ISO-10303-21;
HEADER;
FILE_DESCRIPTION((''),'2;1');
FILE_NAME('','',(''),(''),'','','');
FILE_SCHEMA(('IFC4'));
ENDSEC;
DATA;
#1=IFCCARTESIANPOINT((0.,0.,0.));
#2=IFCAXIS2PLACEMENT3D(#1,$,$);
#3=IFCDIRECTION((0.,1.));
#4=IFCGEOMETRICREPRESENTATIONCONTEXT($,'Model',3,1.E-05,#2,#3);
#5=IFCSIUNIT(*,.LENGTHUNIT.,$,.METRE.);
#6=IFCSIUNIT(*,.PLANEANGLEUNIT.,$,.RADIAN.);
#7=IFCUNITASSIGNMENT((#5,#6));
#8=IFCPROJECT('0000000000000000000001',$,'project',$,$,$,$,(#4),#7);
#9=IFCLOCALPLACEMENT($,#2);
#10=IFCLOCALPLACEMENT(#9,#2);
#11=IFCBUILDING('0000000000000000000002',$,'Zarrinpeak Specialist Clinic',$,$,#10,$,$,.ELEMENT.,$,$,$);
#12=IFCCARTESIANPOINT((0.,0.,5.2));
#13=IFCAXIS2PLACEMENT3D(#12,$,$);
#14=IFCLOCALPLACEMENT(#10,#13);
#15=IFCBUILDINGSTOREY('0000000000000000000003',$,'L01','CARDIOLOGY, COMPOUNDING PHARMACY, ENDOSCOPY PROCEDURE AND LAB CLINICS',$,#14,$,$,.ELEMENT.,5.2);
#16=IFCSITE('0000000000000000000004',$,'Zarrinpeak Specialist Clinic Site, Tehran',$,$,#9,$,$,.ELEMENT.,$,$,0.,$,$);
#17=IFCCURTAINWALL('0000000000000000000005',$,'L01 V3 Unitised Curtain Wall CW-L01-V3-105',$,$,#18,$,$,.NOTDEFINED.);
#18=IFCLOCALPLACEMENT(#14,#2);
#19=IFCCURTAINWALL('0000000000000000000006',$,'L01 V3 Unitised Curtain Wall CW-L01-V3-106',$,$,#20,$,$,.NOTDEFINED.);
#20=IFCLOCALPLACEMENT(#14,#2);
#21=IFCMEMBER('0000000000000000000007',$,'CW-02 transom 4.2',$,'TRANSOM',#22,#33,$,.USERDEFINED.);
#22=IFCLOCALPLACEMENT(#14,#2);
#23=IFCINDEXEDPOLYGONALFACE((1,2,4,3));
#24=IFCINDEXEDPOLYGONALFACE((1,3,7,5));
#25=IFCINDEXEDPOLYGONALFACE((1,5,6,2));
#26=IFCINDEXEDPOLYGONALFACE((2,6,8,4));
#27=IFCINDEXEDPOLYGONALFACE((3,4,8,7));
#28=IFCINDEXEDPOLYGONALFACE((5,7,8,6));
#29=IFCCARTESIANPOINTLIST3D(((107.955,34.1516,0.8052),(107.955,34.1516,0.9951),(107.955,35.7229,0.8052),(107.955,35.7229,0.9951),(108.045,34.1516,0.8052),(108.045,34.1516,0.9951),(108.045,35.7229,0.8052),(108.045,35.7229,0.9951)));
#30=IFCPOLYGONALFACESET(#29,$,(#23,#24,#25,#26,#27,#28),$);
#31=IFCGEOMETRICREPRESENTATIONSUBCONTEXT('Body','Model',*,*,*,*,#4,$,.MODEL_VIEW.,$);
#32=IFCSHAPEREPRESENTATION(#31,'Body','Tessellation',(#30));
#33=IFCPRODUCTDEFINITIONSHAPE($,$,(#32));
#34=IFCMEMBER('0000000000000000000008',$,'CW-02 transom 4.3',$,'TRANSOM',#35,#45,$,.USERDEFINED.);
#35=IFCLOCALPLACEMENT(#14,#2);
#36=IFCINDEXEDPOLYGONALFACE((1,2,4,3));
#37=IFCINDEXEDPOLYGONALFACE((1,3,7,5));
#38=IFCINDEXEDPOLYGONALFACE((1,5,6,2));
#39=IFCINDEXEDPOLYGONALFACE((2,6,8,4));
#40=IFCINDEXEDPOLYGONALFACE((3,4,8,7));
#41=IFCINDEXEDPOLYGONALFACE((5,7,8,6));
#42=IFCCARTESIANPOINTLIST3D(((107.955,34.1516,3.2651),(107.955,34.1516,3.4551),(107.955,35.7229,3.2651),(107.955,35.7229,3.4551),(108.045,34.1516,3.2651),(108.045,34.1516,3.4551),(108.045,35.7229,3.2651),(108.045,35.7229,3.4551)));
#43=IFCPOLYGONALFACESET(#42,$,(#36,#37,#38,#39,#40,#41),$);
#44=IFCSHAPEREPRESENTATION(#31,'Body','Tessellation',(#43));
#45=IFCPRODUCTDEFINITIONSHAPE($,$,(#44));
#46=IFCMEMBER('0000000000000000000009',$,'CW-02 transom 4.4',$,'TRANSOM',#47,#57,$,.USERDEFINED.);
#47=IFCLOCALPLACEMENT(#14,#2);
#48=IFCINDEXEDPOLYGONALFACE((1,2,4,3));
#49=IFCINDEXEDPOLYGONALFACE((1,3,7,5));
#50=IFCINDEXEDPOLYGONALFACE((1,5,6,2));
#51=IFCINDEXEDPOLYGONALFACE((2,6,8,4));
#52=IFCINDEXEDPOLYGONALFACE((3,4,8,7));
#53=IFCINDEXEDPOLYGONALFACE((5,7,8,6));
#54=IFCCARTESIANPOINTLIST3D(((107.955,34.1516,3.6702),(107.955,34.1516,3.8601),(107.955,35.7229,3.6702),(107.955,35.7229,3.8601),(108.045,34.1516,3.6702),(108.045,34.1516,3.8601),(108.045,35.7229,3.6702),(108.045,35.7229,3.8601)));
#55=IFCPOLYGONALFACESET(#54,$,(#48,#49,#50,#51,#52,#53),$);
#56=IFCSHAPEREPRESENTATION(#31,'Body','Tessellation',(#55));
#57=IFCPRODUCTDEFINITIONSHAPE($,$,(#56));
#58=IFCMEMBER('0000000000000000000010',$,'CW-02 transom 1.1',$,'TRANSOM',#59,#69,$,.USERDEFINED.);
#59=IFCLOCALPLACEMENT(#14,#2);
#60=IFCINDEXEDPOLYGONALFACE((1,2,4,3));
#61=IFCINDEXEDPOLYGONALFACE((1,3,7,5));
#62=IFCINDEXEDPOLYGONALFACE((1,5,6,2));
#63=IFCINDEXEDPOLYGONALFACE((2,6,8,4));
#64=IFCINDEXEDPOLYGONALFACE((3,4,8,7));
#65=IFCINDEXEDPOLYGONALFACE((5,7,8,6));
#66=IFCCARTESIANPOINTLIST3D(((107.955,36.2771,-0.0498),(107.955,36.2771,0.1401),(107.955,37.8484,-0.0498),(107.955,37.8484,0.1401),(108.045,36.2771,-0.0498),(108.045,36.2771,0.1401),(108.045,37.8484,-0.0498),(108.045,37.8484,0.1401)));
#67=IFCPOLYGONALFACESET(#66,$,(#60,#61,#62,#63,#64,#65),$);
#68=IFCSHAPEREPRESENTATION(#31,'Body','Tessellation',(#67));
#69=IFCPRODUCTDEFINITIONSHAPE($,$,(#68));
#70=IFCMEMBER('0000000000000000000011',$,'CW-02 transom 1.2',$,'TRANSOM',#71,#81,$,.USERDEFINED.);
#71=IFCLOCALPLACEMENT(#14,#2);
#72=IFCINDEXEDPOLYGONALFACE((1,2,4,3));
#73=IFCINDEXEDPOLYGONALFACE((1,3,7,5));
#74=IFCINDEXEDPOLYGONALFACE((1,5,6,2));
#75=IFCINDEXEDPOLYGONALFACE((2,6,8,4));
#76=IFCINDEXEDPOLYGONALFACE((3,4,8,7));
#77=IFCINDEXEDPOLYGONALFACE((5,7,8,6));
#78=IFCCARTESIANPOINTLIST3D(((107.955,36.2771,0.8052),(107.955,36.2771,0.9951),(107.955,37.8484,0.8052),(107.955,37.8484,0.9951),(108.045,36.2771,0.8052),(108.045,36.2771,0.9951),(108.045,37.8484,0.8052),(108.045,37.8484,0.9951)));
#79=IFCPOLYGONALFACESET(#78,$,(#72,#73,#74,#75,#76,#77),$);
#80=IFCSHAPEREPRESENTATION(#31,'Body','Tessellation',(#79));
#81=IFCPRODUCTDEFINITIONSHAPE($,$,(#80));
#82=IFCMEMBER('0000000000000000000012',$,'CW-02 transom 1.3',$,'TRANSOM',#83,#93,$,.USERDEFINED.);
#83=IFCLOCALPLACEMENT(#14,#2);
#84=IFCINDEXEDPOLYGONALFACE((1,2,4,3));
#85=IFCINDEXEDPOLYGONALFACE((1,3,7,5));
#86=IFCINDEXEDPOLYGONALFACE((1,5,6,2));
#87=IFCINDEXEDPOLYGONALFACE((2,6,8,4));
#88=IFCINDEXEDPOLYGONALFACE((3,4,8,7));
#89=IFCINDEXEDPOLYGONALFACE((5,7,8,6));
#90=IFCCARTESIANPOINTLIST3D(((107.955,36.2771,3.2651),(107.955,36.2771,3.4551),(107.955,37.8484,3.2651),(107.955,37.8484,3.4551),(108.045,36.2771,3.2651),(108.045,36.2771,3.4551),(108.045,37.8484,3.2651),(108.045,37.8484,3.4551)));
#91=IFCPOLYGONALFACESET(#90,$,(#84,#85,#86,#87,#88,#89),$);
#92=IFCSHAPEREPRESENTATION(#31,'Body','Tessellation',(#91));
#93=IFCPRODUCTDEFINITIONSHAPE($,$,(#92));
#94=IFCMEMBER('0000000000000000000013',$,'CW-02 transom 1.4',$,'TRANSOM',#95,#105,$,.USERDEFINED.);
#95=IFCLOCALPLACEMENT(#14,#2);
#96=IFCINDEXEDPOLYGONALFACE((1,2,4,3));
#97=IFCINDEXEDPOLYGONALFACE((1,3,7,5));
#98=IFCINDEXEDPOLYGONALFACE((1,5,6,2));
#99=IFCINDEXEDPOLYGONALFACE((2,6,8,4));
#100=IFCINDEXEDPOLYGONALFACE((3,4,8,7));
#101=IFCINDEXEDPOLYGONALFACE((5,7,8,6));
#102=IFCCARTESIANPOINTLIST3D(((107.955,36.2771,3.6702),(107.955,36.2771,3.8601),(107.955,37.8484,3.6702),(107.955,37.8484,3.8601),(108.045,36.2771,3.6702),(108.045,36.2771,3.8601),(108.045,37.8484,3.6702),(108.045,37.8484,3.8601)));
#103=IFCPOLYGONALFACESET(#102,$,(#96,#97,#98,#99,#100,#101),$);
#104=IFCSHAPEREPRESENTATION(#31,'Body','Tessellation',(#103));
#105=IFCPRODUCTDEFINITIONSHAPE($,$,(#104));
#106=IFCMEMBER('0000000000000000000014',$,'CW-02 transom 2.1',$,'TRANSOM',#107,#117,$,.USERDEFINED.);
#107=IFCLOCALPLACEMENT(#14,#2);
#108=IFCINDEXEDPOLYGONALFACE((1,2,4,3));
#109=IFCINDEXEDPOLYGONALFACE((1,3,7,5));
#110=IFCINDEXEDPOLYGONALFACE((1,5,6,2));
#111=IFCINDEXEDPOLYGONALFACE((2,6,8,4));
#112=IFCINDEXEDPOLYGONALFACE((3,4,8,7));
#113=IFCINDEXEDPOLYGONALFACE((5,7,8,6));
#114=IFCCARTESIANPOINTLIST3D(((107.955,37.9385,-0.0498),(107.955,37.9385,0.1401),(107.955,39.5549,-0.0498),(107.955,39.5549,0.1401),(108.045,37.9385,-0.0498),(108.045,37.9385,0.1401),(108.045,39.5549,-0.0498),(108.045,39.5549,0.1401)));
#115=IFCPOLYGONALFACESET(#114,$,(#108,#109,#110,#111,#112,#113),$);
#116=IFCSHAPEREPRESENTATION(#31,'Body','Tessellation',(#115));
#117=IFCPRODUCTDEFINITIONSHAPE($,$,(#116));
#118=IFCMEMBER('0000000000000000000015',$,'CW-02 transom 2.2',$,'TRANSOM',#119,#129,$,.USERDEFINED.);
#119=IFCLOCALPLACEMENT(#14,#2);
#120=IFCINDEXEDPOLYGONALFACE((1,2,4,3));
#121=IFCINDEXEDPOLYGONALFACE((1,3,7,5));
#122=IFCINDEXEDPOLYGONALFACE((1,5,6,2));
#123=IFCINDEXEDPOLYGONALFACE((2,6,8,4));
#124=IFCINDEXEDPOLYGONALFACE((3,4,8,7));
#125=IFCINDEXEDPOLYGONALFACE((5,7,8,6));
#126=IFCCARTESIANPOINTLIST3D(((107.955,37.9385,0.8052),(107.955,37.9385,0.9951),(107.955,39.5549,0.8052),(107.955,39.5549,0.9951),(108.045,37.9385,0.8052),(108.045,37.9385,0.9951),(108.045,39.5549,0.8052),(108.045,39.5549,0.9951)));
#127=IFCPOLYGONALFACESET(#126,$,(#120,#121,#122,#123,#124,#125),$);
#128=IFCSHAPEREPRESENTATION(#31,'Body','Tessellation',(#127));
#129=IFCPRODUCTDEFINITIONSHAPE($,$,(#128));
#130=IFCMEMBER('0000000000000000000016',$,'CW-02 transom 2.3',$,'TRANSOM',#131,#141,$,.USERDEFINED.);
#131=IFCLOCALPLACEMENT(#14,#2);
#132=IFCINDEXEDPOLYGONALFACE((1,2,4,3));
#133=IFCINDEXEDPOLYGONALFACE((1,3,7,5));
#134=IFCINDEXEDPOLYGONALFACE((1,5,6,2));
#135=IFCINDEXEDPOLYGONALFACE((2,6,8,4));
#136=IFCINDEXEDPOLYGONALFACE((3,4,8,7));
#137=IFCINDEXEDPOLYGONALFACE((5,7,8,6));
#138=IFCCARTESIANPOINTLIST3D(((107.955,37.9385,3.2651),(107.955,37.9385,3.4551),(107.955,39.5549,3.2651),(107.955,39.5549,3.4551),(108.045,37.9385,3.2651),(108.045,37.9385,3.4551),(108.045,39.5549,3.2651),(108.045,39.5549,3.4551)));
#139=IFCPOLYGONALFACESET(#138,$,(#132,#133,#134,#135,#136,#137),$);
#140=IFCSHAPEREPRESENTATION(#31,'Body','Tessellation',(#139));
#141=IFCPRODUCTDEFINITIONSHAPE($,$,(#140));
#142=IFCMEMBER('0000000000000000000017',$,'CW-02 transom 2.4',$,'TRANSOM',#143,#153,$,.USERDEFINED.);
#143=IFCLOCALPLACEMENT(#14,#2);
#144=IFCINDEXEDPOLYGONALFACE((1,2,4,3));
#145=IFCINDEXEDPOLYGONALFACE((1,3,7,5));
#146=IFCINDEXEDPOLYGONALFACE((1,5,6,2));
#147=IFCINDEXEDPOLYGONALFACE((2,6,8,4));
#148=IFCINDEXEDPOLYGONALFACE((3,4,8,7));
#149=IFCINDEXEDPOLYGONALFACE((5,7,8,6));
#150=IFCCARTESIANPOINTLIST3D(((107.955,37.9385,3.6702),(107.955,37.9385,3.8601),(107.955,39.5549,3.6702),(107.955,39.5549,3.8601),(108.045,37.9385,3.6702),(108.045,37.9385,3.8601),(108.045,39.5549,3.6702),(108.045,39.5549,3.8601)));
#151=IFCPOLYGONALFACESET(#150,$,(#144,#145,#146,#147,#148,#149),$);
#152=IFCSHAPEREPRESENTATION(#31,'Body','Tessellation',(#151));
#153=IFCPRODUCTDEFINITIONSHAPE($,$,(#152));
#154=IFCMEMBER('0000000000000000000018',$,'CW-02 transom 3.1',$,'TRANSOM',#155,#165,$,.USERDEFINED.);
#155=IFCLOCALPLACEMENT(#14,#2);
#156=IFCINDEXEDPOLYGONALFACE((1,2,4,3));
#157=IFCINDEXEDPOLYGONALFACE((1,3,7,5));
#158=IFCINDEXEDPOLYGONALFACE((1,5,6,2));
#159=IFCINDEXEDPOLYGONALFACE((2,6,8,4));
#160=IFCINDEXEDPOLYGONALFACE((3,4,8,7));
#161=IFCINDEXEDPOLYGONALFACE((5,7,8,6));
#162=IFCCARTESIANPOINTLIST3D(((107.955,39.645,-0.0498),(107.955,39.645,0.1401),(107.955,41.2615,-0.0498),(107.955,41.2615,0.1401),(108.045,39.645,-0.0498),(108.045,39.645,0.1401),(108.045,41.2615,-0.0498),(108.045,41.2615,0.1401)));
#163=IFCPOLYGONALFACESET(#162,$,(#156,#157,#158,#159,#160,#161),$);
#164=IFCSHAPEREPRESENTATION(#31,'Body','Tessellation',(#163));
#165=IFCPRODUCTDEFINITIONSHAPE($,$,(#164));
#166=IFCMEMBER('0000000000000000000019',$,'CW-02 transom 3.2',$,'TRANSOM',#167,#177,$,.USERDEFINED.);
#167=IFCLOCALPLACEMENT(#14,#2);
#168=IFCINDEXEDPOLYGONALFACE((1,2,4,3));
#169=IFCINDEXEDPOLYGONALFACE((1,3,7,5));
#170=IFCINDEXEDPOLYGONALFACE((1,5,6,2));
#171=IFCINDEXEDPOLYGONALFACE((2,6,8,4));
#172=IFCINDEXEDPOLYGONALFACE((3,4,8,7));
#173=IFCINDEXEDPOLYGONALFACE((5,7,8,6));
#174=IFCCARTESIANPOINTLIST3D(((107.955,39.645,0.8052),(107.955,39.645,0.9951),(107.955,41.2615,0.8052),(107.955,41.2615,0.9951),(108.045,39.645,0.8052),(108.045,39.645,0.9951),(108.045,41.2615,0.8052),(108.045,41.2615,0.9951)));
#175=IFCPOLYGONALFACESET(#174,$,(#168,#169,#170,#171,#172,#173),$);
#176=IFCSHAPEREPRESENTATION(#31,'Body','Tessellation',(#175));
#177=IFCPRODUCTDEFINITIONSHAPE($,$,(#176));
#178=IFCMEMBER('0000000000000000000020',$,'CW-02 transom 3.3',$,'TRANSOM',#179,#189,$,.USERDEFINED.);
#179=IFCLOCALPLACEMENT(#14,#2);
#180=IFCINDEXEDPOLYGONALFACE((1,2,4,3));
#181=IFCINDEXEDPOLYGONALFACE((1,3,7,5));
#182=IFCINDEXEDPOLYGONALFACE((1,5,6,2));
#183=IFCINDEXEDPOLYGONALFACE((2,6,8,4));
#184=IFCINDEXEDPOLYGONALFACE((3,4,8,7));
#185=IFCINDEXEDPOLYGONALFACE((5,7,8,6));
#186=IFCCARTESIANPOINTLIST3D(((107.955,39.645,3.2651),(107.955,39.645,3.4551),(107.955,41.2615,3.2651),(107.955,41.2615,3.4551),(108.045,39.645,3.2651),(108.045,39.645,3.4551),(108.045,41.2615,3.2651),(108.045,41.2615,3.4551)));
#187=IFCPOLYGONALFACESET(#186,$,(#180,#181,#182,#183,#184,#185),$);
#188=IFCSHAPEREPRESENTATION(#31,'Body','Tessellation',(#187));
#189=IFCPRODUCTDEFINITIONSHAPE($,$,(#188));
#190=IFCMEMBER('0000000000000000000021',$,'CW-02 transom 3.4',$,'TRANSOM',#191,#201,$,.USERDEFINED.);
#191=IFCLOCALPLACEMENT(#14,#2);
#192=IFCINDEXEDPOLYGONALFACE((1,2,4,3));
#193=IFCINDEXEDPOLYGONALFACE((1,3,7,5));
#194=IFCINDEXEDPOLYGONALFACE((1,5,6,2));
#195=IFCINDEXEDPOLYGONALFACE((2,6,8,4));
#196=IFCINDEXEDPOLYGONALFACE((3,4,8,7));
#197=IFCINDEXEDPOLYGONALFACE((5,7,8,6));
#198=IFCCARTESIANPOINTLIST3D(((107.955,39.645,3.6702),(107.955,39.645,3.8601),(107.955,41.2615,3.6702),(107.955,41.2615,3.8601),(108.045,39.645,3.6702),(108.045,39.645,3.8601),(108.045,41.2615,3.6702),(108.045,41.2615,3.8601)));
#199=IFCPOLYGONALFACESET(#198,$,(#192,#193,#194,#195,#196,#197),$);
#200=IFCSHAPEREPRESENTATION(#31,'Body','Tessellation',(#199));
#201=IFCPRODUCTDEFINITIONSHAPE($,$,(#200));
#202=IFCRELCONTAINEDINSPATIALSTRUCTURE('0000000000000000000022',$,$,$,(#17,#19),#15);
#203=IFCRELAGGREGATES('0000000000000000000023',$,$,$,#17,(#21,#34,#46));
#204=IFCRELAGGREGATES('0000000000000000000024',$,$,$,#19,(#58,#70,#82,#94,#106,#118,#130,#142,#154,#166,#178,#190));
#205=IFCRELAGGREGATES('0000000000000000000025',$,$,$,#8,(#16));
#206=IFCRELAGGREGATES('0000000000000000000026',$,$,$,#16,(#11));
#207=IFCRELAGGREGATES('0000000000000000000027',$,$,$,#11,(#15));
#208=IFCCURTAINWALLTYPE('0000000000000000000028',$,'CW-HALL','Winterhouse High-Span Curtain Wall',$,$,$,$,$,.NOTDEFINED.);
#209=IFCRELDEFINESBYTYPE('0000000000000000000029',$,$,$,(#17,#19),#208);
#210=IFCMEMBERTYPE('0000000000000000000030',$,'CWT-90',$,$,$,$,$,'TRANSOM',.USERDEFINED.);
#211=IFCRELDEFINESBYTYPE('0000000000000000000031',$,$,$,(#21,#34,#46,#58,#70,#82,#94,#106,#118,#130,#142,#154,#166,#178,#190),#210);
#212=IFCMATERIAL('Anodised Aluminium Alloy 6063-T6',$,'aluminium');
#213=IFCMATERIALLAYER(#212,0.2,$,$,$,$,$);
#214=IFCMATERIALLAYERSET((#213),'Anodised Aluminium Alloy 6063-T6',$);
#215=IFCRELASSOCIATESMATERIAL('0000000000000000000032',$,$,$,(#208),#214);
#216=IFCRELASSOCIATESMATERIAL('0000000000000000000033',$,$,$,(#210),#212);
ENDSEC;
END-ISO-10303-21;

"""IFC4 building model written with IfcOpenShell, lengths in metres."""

from ifc_helpers import new_model, si_unit, direction, frame, origin, origin_2d, place, context, subcontext, project, spatial, rectangle, extrude, material, layer, layer_set, material_profile, profile_set, type_object, element, aggregate, save


model = new_model("IFC4")

# Units and contexts
model_context = context("Model", 3, precision=1e-05, world=origin(), true_north=direction((0.0, 1.0)))
body_context = subcontext(model_context, "Body", "Model", "MODEL_VIEW")
ifc_project = project(units=[si_unit("LENGTHUNIT", "METRE"), si_unit("PLANEANGLEUNIT", "RADIAN")], contexts=[model_context])

# Site, building, storey
site_placement = place(None, origin())
site = spatial("IfcSite", under=ifc_project, at=site_placement, Name="Zarrinpeak Specialist Clinic Site, Tehran", CompositionType="ELEMENT", RefElevation=0.0)
building_placement = place(site_placement, origin())
building = spatial("IfcBuilding", under=site, at=building_placement, Name="Zarrinpeak Specialist Clinic", CompositionType="ELEMENT")
storey_placement = place(building_placement, frame((0.0, 0.0, 5.2)))
storey = spatial("IfcBuildingStorey", under=building, at=storey_placement, Name="L01", Description="CARDIOLOGY, COMPOUNDING PHARMACY, ENDOSCOPY PROCEDURE AND LAB CLINICS", CompositionType="ELEMENT", Elevation=5.2)

# Curtain walls
ifc_material_1 = material(Name="Anodised Aluminium Alloy 6063-T6", Category="aluminium")
ifc_layer_1 = layer(ifc_material_1, 0.2)
ifc_layer_set_1 = layer_set([ifc_layer_1], Name="Anodised Aluminium Alloy 6063-T6")
curtain_wall_type = type_object("IfcCurtainWallType", Name="CW-HALL", Description="Winterhouse High-Span Curtain Wall", PredefinedType="NOTDEFINED", material=ifc_layer_set_1)
curtain_wall_1_placement = place(storey_placement, origin())
curtain_wall_1 = element("IfcCurtainWall", 1, at=curtain_wall_1_placement, inside=storey, type_object=curtain_wall_type, Name="L01 V3 Unitised Curtain Wall CW-L01-V3-105", PredefinedType="NOTDEFINED")
curtain_wall_2_placement = place(storey_placement, origin())
curtain_wall_2 = element("IfcCurtainWall", 2, at=curtain_wall_2_placement, inside=storey, type_object=curtain_wall_type, Name="L01 V3 Unitised Curtain Wall CW-L01-V3-106", PredefinedType="NOTDEFINED")

# Members
ifc_material_profile_1 = material_profile(ifc_material_1, rectangle(XDim=0.0901, YDim=0.1899, at=origin_2d()), Name="ALU 90x190")
ifc_profile_set_1 = profile_set([ifc_material_profile_1], Name="Anodised Aluminium Alloy 6063-T6")
member_type_1 = type_object("IfcMemberType", Name="CWT-90", ElementType="TRANSOM", PredefinedType="USERDEFINED", material=ifc_profile_set_1)
member_1_placement = place(storey_placement, frame((108.0, 34.1516, 0.9001), z_axis=(0.0, 1.0, 0.0), x_axis=(-1.0, 0.0, 0.0)))
member_1 = element("IfcMember", 3, at=member_1_placement, type_object=member_type_1, Name="CW-02 transom 4.2", ObjectType="TRANSOM", PredefinedType="USERDEFINED", context=body_context, shape_type="SweptSolid", body=[
    extrude(rectangle(XDim=0.0901, YDim=0.1899, at=origin_2d()), origin(), (0.0, 0.0, 1.0), 1.5713),
])
member_2_placement = place(storey_placement, frame((108.0, 34.1516, 3.3601), z_axis=(0.0, 1.0, 0.0), x_axis=(-1.0, 0.0, 0.0)))
member_2 = element("IfcMember", 4, at=member_2_placement, type_object=member_type_1, Name="CW-02 transom 4.3", ObjectType="TRANSOM", PredefinedType="USERDEFINED", context=body_context, shape_type="SweptSolid", body=[
    extrude(rectangle(XDim=0.0901, YDim=0.1899, at=origin_2d()), origin(), (0.0, 0.0, 1.0), 1.5713),
])
member_3_placement = place(storey_placement, frame((108.0, 34.1516, 3.7651), z_axis=(0.0, 1.0, 0.0), x_axis=(-1.0, 0.0, 0.0)))
member_3 = element("IfcMember", 5, at=member_3_placement, type_object=member_type_1, Name="CW-02 transom 4.4", ObjectType="TRANSOM", PredefinedType="USERDEFINED", context=body_context, shape_type="SweptSolid", body=[
    extrude(rectangle(XDim=0.0901, YDim=0.1899, at=origin_2d()), origin(), (0.0, 0.0, 1.0), 1.5713),
])
member_4_placement = place(storey_placement, frame((108.0, 36.2771, 0.0452), z_axis=(0.0, 1.0, 0.0), x_axis=(-1.0, 0.0, 0.0)))
member_4 = element("IfcMember", 6, at=member_4_placement, type_object=member_type_1, Name="CW-02 transom 1.1", ObjectType="TRANSOM", PredefinedType="USERDEFINED", context=body_context, shape_type="SweptSolid", body=[
    extrude(rectangle(XDim=0.0901, YDim=0.1899, at=origin_2d()), origin(), (0.0, 0.0, 1.0), 1.5713),
])
member_5_placement = place(storey_placement, frame((108.0, 36.2771, 0.9001), z_axis=(0.0, 1.0, 0.0), x_axis=(-1.0, 0.0, 0.0)))
member_5 = element("IfcMember", 7, at=member_5_placement, type_object=member_type_1, Name="CW-02 transom 1.2", ObjectType="TRANSOM", PredefinedType="USERDEFINED", context=body_context, shape_type="SweptSolid", body=[
    extrude(rectangle(XDim=0.0901, YDim=0.1899, at=origin_2d()), origin(), (0.0, 0.0, 1.0), 1.5713),
])
member_6_placement = place(storey_placement, frame((108.0, 36.2771, 3.3601), z_axis=(0.0, 1.0, 0.0), x_axis=(-1.0, 0.0, 0.0)))
member_6 = element("IfcMember", 8, at=member_6_placement, type_object=member_type_1, Name="CW-02 transom 1.3", ObjectType="TRANSOM", PredefinedType="USERDEFINED", context=body_context, shape_type="SweptSolid", body=[
    extrude(rectangle(XDim=0.0901, YDim=0.1899, at=origin_2d()), origin(), (0.0, 0.0, 1.0), 1.5713),
])
member_7_placement = place(storey_placement, frame((108.0, 36.2771, 3.7651), z_axis=(0.0, 1.0, 0.0), x_axis=(-1.0, 0.0, 0.0)))
member_7 = element("IfcMember", 9, at=member_7_placement, type_object=member_type_1, Name="CW-02 transom 1.4", ObjectType="TRANSOM", PredefinedType="USERDEFINED", context=body_context, shape_type="SweptSolid", body=[
    extrude(rectangle(XDim=0.0901, YDim=0.1899, at=origin_2d()), origin(), (0.0, 0.0, 1.0), 1.5713),
])
member_8_placement = place(storey_placement, frame((108.0, 37.9385, 0.0452), z_axis=(0.0, 1.0, 0.0), x_axis=(-1.0, 0.0, 0.0)))
member_8 = element("IfcMember", 10, at=member_8_placement, type_object=member_type_1, Name="CW-02 transom 2.1", ObjectType="TRANSOM", PredefinedType="USERDEFINED", context=body_context, shape_type="SweptSolid", body=[
    extrude(rectangle(XDim=0.0901, YDim=0.1899, at=origin_2d()), origin(), (0.0, 0.0, 1.0), 1.6165),
])
member_9_placement = place(storey_placement, frame((108.0, 37.9385, 0.9001), z_axis=(0.0, 1.0, 0.0), x_axis=(-1.0, 0.0, 0.0)))
member_9 = element("IfcMember", 11, at=member_9_placement, type_object=member_type_1, Name="CW-02 transom 2.2", ObjectType="TRANSOM", PredefinedType="USERDEFINED", context=body_context, shape_type="SweptSolid", body=[
    extrude(rectangle(XDim=0.0901, YDim=0.1899, at=origin_2d()), origin(), (0.0, 0.0, 1.0), 1.6165),
])
member_10_placement = place(storey_placement, frame((108.0, 37.9385, 3.3601), z_axis=(0.0, 1.0, 0.0), x_axis=(-1.0, 0.0, 0.0)))
member_10 = element("IfcMember", 12, at=member_10_placement, type_object=member_type_1, Name="CW-02 transom 2.3", ObjectType="TRANSOM", PredefinedType="USERDEFINED", context=body_context, shape_type="SweptSolid", body=[
    extrude(rectangle(XDim=0.0901, YDim=0.1899, at=origin_2d()), origin(), (0.0, 0.0, 1.0), 1.6165),
])
member_11_placement = place(storey_placement, frame((108.0, 37.9385, 3.7651), z_axis=(0.0, 1.0, 0.0), x_axis=(-1.0, 0.0, 0.0)))
member_11 = element("IfcMember", 13, at=member_11_placement, type_object=member_type_1, Name="CW-02 transom 2.4", ObjectType="TRANSOM", PredefinedType="USERDEFINED", context=body_context, shape_type="SweptSolid", body=[
    extrude(rectangle(XDim=0.0901, YDim=0.1899, at=origin_2d()), origin(), (0.0, 0.0, 1.0), 1.6165),
])
member_12_placement = place(storey_placement, frame((108.0, 39.645, 0.0452), z_axis=(0.0, 1.0, 0.0), x_axis=(-1.0, 0.0, 0.0)))
member_12 = element("IfcMember", 14, at=member_12_placement, type_object=member_type_1, Name="CW-02 transom 3.1", ObjectType="TRANSOM", PredefinedType="USERDEFINED", context=body_context, shape_type="SweptSolid", body=[
    extrude(rectangle(XDim=0.0901, YDim=0.1899, at=origin_2d()), origin(), (0.0, 0.0, 1.0), 1.6165),
])
member_13_placement = place(storey_placement, frame((108.0, 39.645, 0.9001), z_axis=(0.0, 1.0, 0.0), x_axis=(-1.0, 0.0, 0.0)))
member_13 = element("IfcMember", 15, at=member_13_placement, type_object=member_type_1, Name="CW-02 transom 3.2", ObjectType="TRANSOM", PredefinedType="USERDEFINED", context=body_context, shape_type="SweptSolid", body=[
    extrude(rectangle(XDim=0.0901, YDim=0.1899, at=origin_2d()), origin(), (0.0, 0.0, 1.0), 1.6165),
])
member_14_placement = place(storey_placement, frame((108.0, 39.645, 3.3601), z_axis=(0.0, 1.0, 0.0), x_axis=(-1.0, 0.0, 0.0)))
member_14 = element("IfcMember", 16, at=member_14_placement, type_object=member_type_1, Name="CW-02 transom 3.3", ObjectType="TRANSOM", PredefinedType="USERDEFINED", context=body_context, shape_type="SweptSolid", body=[
    extrude(rectangle(XDim=0.0901, YDim=0.1899, at=origin_2d()), origin(), (0.0, 0.0, 1.0), 1.6165),
])
member_15_placement = place(storey_placement, frame((108.0, 39.645, 3.7651), z_axis=(0.0, 1.0, 0.0), x_axis=(-1.0, 0.0, 0.0)))
member_15 = element("IfcMember", 17, at=member_15_placement, type_object=member_type_1, Name="CW-02 transom 3.4", ObjectType="TRANSOM", PredefinedType="USERDEFINED", context=body_context, shape_type="SweptSolid", body=[
    extrude(rectangle(XDim=0.0901, YDim=0.1899, at=origin_2d()), origin(), (0.0, 0.0, 1.0), 1.6165),
])

aggregate(curtain_wall_1, [member_1, member_2, member_3])
aggregate(curtain_wall_2, [member_4, member_5, member_6, member_7, member_8, member_9, member_10, member_11, member_12, member_13, member_14, member_15])

save(model, "model.ifc")
